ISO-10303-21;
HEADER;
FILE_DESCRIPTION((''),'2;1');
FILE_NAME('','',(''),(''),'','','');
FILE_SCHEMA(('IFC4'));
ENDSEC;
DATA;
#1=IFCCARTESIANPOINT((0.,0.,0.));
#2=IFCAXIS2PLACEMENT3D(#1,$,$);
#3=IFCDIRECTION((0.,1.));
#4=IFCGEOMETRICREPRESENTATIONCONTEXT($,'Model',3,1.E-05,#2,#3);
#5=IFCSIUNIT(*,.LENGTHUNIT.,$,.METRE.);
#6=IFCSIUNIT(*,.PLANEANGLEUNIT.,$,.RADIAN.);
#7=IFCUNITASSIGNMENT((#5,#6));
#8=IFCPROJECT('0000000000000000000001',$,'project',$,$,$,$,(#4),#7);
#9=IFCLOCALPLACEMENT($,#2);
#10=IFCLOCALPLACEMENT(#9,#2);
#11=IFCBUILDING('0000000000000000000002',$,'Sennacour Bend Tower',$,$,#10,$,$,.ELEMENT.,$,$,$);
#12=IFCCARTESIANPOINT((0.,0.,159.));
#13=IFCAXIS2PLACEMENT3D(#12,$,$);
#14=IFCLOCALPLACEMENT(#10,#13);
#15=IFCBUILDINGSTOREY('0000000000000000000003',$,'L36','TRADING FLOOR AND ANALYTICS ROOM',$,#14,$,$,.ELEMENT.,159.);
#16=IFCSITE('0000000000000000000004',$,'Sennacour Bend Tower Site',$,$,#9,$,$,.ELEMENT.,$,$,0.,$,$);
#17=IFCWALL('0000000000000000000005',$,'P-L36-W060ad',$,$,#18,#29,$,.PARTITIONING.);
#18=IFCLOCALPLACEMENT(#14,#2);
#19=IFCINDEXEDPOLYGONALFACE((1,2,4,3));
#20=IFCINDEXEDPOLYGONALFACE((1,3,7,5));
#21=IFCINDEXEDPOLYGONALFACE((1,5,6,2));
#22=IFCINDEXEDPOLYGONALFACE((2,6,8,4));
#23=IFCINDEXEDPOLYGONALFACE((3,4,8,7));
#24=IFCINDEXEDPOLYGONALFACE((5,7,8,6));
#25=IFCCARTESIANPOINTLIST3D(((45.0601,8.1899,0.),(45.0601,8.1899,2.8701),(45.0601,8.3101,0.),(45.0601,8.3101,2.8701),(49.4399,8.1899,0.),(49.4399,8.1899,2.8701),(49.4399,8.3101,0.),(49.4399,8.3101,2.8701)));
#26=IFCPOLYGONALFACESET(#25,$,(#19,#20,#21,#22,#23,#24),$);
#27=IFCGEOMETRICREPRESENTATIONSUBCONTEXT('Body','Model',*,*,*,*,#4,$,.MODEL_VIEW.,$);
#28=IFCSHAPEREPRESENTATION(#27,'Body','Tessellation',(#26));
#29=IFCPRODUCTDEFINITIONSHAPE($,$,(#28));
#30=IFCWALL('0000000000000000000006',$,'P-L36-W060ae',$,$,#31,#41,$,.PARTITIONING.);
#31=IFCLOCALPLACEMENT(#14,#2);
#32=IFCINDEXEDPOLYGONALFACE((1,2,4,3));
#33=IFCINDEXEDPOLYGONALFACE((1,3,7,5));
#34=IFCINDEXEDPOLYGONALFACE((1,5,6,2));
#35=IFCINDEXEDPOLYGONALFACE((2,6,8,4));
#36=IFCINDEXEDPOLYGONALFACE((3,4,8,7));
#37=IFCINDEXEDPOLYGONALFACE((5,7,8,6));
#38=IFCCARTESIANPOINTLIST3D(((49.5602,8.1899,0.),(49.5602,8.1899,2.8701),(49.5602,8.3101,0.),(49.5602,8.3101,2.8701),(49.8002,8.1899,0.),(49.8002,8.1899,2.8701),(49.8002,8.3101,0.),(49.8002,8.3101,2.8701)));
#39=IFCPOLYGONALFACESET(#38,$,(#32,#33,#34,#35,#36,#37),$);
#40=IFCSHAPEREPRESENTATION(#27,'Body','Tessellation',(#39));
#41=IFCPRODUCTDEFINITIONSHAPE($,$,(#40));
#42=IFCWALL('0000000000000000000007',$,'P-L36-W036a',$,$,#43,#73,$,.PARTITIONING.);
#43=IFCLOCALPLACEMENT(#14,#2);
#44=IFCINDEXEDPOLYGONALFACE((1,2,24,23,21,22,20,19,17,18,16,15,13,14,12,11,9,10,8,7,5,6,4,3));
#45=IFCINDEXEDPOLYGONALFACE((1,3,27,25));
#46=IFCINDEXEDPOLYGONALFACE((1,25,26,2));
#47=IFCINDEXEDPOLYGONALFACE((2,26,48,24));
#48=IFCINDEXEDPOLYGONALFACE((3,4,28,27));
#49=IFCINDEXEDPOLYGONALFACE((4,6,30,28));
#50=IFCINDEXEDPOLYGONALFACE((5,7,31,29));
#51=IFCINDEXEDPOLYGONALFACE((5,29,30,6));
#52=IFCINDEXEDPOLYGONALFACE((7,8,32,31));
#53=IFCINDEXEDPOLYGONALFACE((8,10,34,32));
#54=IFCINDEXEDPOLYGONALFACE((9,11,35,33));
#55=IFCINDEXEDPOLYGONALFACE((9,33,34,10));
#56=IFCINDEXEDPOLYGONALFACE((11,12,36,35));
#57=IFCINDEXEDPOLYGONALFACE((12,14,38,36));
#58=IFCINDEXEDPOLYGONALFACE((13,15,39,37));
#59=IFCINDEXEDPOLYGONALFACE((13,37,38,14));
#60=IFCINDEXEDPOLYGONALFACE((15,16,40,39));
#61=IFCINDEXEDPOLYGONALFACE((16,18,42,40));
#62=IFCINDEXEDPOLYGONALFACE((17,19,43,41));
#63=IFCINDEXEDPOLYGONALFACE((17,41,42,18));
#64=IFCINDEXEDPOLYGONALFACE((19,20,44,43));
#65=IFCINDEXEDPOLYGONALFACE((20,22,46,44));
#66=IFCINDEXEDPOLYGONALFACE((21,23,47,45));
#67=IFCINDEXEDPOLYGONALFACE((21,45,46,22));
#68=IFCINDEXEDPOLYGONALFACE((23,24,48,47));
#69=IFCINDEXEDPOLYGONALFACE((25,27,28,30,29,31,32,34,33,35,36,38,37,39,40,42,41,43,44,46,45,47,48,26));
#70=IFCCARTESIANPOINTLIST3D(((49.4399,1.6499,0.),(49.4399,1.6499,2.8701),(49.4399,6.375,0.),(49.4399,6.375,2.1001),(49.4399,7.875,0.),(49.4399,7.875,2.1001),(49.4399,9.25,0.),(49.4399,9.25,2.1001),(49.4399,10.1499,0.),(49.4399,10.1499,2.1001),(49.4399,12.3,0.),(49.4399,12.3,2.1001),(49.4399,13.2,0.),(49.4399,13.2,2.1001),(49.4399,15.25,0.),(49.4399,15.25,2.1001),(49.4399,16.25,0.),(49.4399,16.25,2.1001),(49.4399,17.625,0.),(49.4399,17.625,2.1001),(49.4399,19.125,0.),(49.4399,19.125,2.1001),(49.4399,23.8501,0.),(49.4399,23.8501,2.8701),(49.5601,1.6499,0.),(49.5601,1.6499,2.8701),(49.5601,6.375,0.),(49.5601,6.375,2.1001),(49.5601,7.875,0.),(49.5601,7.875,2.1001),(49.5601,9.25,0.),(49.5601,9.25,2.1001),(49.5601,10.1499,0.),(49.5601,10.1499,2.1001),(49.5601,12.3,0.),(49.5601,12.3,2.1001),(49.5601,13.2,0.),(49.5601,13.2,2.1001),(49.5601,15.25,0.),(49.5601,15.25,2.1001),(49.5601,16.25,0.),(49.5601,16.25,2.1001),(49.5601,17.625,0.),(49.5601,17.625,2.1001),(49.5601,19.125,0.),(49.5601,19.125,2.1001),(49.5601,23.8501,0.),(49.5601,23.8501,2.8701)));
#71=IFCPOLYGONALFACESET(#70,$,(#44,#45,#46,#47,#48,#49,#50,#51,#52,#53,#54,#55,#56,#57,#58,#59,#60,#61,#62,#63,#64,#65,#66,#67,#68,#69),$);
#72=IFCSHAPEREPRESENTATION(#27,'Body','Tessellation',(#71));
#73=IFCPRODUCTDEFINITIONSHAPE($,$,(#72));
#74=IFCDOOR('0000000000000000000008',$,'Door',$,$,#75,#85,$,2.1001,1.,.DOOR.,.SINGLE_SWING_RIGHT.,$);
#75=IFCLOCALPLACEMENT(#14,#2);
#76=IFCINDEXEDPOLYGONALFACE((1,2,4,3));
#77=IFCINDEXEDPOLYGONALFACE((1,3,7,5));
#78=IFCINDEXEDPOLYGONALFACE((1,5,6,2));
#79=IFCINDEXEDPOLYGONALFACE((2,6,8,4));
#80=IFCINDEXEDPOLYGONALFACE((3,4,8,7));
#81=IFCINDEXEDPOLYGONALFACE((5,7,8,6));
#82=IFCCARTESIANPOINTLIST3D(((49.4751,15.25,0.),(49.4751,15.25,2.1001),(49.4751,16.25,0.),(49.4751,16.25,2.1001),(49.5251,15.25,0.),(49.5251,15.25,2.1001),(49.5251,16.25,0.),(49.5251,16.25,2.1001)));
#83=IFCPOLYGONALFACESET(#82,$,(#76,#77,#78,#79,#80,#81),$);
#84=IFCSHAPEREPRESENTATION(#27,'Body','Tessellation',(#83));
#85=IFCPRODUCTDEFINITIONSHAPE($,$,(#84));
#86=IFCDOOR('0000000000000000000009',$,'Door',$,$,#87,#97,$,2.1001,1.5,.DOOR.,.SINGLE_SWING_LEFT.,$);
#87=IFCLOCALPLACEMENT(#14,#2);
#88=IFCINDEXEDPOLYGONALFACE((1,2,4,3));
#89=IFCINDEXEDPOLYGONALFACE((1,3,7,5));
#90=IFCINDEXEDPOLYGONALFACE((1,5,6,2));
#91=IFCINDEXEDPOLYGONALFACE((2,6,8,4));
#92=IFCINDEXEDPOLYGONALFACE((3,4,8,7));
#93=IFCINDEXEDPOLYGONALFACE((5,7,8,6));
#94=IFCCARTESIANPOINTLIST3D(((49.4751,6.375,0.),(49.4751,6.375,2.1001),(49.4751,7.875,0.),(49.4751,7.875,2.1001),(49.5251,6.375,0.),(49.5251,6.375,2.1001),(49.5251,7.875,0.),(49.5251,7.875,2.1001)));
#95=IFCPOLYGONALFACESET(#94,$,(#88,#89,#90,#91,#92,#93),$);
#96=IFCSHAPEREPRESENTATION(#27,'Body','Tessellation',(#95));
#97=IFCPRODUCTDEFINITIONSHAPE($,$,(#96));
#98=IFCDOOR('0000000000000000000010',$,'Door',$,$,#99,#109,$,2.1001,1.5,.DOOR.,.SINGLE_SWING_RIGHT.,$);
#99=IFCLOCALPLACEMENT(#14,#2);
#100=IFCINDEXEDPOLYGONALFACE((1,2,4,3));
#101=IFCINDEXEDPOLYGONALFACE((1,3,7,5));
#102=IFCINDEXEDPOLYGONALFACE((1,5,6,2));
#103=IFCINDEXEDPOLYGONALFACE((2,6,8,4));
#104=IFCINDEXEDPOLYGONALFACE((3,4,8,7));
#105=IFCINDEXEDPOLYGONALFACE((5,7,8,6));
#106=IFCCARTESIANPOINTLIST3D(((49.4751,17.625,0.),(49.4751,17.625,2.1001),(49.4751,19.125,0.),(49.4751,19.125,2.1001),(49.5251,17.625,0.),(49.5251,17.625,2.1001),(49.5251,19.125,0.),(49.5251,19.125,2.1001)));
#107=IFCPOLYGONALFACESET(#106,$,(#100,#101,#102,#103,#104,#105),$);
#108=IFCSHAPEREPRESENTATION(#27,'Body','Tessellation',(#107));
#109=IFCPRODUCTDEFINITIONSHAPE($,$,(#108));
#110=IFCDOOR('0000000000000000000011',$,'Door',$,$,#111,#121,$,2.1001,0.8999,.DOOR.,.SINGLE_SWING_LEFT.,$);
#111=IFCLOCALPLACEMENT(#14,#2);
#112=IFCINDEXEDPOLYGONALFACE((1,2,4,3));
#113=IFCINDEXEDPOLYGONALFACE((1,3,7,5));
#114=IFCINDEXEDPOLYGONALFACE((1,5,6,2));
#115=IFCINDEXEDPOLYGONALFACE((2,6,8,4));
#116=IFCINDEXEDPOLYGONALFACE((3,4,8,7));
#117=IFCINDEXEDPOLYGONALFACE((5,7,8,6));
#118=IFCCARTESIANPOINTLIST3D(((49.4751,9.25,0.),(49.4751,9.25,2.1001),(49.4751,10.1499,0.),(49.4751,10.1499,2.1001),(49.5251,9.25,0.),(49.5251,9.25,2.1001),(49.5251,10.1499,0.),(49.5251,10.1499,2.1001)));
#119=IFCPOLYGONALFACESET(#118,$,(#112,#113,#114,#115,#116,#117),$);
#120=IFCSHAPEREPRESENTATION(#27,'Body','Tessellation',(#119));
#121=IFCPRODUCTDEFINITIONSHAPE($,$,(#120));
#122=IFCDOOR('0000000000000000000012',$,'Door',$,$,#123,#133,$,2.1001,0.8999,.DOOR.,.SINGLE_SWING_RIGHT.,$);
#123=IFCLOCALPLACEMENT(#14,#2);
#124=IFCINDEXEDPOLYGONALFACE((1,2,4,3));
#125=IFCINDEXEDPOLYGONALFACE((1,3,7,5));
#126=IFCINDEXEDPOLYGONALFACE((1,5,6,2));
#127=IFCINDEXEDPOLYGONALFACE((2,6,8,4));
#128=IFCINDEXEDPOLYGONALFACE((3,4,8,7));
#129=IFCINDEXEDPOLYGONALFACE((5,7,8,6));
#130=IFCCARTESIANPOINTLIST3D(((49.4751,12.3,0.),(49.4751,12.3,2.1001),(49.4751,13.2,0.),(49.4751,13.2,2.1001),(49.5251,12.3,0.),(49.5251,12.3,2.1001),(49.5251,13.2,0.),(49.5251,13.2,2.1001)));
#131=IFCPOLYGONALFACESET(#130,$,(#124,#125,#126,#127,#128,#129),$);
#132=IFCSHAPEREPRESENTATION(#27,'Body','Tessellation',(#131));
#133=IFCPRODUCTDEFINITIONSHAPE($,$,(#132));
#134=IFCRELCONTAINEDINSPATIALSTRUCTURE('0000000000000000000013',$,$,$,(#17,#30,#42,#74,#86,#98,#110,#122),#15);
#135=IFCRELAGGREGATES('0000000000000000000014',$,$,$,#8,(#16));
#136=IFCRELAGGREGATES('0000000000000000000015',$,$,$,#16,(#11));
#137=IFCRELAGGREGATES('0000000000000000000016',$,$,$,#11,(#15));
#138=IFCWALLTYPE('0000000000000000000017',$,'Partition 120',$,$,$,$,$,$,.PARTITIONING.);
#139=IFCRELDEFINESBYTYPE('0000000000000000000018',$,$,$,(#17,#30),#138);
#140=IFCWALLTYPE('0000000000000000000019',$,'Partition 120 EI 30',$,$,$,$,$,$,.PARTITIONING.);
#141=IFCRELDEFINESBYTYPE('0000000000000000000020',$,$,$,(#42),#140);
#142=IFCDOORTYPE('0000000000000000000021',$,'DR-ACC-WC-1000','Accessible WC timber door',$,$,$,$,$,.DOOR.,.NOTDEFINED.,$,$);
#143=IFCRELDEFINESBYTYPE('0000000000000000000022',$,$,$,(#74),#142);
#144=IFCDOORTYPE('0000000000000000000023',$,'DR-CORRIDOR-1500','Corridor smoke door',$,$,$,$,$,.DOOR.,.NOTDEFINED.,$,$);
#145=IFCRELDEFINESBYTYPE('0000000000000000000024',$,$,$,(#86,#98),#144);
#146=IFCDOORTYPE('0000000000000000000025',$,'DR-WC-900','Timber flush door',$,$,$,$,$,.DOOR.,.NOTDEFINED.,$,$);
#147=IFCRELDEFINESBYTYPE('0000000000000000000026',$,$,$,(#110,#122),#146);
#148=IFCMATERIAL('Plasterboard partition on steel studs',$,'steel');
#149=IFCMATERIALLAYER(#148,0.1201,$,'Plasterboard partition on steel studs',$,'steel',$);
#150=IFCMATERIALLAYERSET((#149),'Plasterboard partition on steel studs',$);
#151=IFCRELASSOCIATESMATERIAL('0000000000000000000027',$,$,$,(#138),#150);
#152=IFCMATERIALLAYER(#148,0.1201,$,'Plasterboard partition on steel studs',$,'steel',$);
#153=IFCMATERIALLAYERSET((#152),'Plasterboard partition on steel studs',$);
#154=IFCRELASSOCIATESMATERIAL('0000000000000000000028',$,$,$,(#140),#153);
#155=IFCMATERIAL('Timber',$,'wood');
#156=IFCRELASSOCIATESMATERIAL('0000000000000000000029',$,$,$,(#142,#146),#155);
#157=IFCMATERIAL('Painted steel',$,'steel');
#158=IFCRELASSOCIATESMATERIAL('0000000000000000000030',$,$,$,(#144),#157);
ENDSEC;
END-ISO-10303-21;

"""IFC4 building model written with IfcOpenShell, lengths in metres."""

from ifc_helpers import new_model, si_unit, direction, frame, frame_2d, origin, place, context, subcontext, project, spatial, rectangle, extrude, material, layer, layer_set, type_object, element, fill, save


model = new_model("IFC4")

# Units and contexts
model_context = context("Model", 3, precision=1e-05, world=origin(), true_north=direction((0.0, 1.0)))
body_context = subcontext(model_context, "Body", "Model", "MODEL_VIEW")
ifc_project = project(units=[si_unit("LENGTHUNIT", "METRE"), si_unit("PLANEANGLEUNIT", "RADIAN")], contexts=[model_context])

# Site, building, storey
site_placement = place(None, origin())
site = spatial("IfcSite", under=ifc_project, at=site_placement, Name="Sennacour Bend Tower Site", CompositionType="ELEMENT", RefElevation=0.0)
building_placement = place(site_placement, origin())
building = spatial("IfcBuilding", under=site, at=building_placement, Name="Sennacour Bend Tower", CompositionType="ELEMENT")
storey_placement = place(building_placement, frame((0.0, 0.0, 159.0)))
storey = spatial("IfcBuildingStorey", under=building, at=storey_placement, Name="L36", Description="TRADING FLOOR AND ANALYTICS ROOM", CompositionType="ELEMENT", Elevation=159.0)

# Walls
ifc_material_1 = material(Name="Plasterboard partition on steel studs", Category="steel")
ifc_layer_1 = layer(ifc_material_1, 0.1201, Name="Plasterboard partition on steel studs", Category="steel")
ifc_layer_set_1 = layer_set([ifc_layer_1], Name="Plasterboard partition on steel studs")
wall_type_1 = type_object("IfcWallType", Name="Partition 120", PredefinedType="PARTITIONING", material=ifc_layer_set_1)
wall_1_placement = place(storey_placement, frame((45.0601, 8.25, 0.0), z_axis=(0.0, 0.0, 1.0), x_axis=(1.0, 0.0, 0.0)))
element("IfcWall", 1, at=wall_1_placement, inside=storey, type_object=wall_type_1, Name="P-L36-W060ad", PredefinedType="PARTITIONING", context=body_context, shape_type="SweptSolid", body=[
    extrude(rectangle(XDim=4.3799, YDim=0.1201, at=frame_2d((2.1899, 0.0))), origin(), (0.0, 0.0, 1.0), 2.8701),
])
wall_2_placement = place(storey_placement, frame((49.5601, 8.25, 0.0), z_axis=(0.0, 0.0, 1.0), x_axis=(1.0, 0.0, 0.0)))
element("IfcWall", 2, at=wall_2_placement, inside=storey, type_object=wall_type_1, Name="P-L36-W060ae", PredefinedType="PARTITIONING", context=body_context, shape_type="SweptSolid", body=[
    extrude(rectangle(XDim=0.24, YDim=0.1201, at=frame_2d((0.1201, 0.0))), origin(), (0.0, 0.0, 1.0), 2.8701),
])

# Wall, openings, doors
ifc_layer_2 = layer(ifc_material_1, 0.1201, Name="Plasterboard partition on steel studs", Category="steel")
ifc_layer_set_2 = layer_set([ifc_layer_2], Name="Plasterboard partition on steel studs")
wall_type_2 = type_object("IfcWallType", Name="Partition 120 EI 30", PredefinedType="PARTITIONING", material=ifc_layer_set_2)
wall_3_placement = place(storey_placement, frame((49.5, 1.6499, 0.0), z_axis=(0.0, 0.0, 1.0), x_axis=(0.0, 1.0, 0.0)))
wall_3 = element("IfcWall", 3, at=wall_3_placement, inside=storey, type_object=wall_type_2, Name="P-L36-W036a", PredefinedType="PARTITIONING", context=body_context, shape_type="SweptSolid", body=[
    extrude(rectangle(XDim=22.2002, YDim=0.1201, at=frame_2d((11.1001, 0.0))), origin(), (0.0, 0.0, 1.0), 2.8701),
])
opening_1_placement = place(wall_3_placement, frame((4.7251, 0.0, 0.0)))
opening_1 = element("IfcOpeningElement", 4, at=opening_1_placement, cuts=wall_3, PredefinedType="OPENING", context=body_context, shape_type="SweptSolid", body=[
    extrude(rectangle(XDim=1.5, YDim=2.1001, at=frame_2d((0.75, 1.05))), frame((0.0, 0.0701, 0.0), z_axis=(0.0, -1.0, 0.0), x_axis=(1.0, 0.0, 0.0)), (0.0, 0.0, 1.0), 0.1401),
])
opening_2_placement = place(wall_3_placement, frame((15.9751, 0.0, 0.0)))
opening_2 = element("IfcOpeningElement", 5, at=opening_2_placement, cuts=wall_3, PredefinedType="OPENING", context=body_context, shape_type="SweptSolid", body=[
    extrude(rectangle(XDim=1.5, YDim=2.1001, at=frame_2d((0.75, 1.05))), frame((0.0, 0.0701, 0.0), z_axis=(0.0, -1.0, 0.0), x_axis=(1.0, 0.0, 0.0)), (0.0, 0.0, 1.0), 0.1401),
])
opening_3_placement = place(wall_3_placement, frame((7.6001, 0.0, 0.0)))
opening_3 = element("IfcOpeningElement", 6, at=opening_3_placement, cuts=wall_3, PredefinedType="OPENING", context=body_context, shape_type="SweptSolid", body=[
    extrude(rectangle(XDim=0.8999, YDim=2.1001, at=frame_2d((0.45, 1.05))), frame((0.0, 0.0701, 0.0), z_axis=(0.0, -1.0, 0.0), x_axis=(1.0, 0.0, 0.0)), (0.0, 0.0, 1.0), 0.1401),
])
opening_4_placement = place(wall_3_placement, frame((10.6501, 0.0, 0.0)))
opening_4 = element("IfcOpeningElement", 7, at=opening_4_placement, cuts=wall_3, PredefinedType="OPENING", context=body_context, shape_type="SweptSolid", body=[
    extrude(rectangle(XDim=0.8999, YDim=2.1001, at=frame_2d((0.45, 1.05))), frame((0.0, 0.0701, 0.0), z_axis=(0.0, -1.0, 0.0), x_axis=(1.0, 0.0, 0.0)), (0.0, 0.0, 1.0), 0.1401),
])
opening_5_placement = place(wall_3_placement, frame((13.6001, 0.0, 0.0)))
opening_5 = element("IfcOpeningElement", 8, at=opening_5_placement, cuts=wall_3, PredefinedType="OPENING", context=body_context, shape_type="SweptSolid", body=[
    extrude(rectangle(XDim=1.0, YDim=2.1001, at=frame_2d((0.5, 1.05))), frame((0.0, 0.0701, 0.0), z_axis=(0.0, -1.0, 0.0), x_axis=(1.0, 0.0, 0.0)), (0.0, 0.0, 1.0), 0.1401),
])
ifc_material_2 = material(Name="Timber", Category="wood")
door_type_1 = type_object("IfcDoorType", Name="DR-ACC-WC-1000", Description="Accessible WC timber door", OperationType="NOTDEFINED", PredefinedType="DOOR", material=ifc_material_2)
door_1_placement = place(opening_5_placement, origin())
door_1 = element("IfcDoor", 9, at=door_1_placement, inside=storey, type_object=door_type_1, Name="Door", OperationType="SINGLE_SWING_RIGHT", OverallHeight=2.1001, OverallWidth=1.0, PredefinedType="DOOR", context=body_context, shape_type="SweptSolid", body=[
    extrude(rectangle(XDim=1.0, YDim=2.1001, at=frame_2d((0.5, 1.05))), frame((0.0, 0.0249, 0.0), z_axis=(0.0, -1.0, 0.0), x_axis=(1.0, 0.0, 0.0)), (0.0, 0.0, 1.0), 0.05),
])
fill(opening_5, door_1)
ifc_material_3 = material(Name="Painted steel", Category="steel")
door_type_2 = type_object("IfcDoorType", Name="DR-CORRIDOR-1500", Description="Corridor smoke door", OperationType="NOTDEFINED", PredefinedType="DOOR", material=ifc_material_3)
door_2_placement = place(opening_1_placement, origin())
door_2 = element("IfcDoor", 10, at=door_2_placement, inside=storey, type_object=door_type_2, Name="Door", OperationType="SINGLE_SWING_LEFT", OverallHeight=2.1001, OverallWidth=1.5, PredefinedType="DOOR", context=body_context, shape_type="SweptSolid", body=[
    extrude(rectangle(XDim=1.5, YDim=2.1001, at=frame_2d((0.75, 1.05))), frame((0.0, 0.0249, 0.0), z_axis=(0.0, -1.0, 0.0), x_axis=(1.0, 0.0, 0.0)), (0.0, 0.0, 1.0), 0.05),
])
fill(opening_1, door_2)
door_3_placement = place(opening_2_placement, origin())
door_3 = element("IfcDoor", 11, at=door_3_placement, inside=storey, type_object=door_type_2, Name="Door", OperationType="SINGLE_SWING_RIGHT", OverallHeight=2.1001, OverallWidth=1.5, PredefinedType="DOOR", context=body_context, shape_type="SweptSolid", body=[
    extrude(rectangle(XDim=1.5, YDim=2.1001, at=frame_2d((0.75, 1.05))), frame((0.0, 0.0249, 0.0), z_axis=(0.0, -1.0, 0.0), x_axis=(1.0, 0.0, 0.0)), (0.0, 0.0, 1.0), 0.05),
])
fill(opening_2, door_3)
door_type_3 = type_object("IfcDoorType", Name="DR-WC-900", Description="Timber flush door", OperationType="NOTDEFINED", PredefinedType="DOOR", material=ifc_material_2)
door_4_placement = place(opening_3_placement, origin())
door_4 = element("IfcDoor", 12, at=door_4_placement, inside=storey, type_object=door_type_3, Name="Door", OperationType="SINGLE_SWING_LEFT", OverallHeight=2.1001, OverallWidth=0.8999, PredefinedType="DOOR", context=body_context, shape_type="SweptSolid", body=[
    extrude(rectangle(XDim=0.8999, YDim=2.1001, at=frame_2d((0.45, 1.05))), frame((0.0, 0.0249, 0.0), z_axis=(0.0, -1.0, 0.0), x_axis=(1.0, 0.0, 0.0)), (0.0, 0.0, 1.0), 0.05),
])
fill(opening_3, door_4)
door_5_placement = place(opening_4_placement, origin())
door_5 = element("IfcDoor", 13, at=door_5_placement, inside=storey, type_object=door_type_3, Name="Door", OperationType="SINGLE_SWING_RIGHT", OverallHeight=2.1001, OverallWidth=0.8999, PredefinedType="DOOR", context=body_context, shape_type="SweptSolid", body=[
    extrude(rectangle(XDim=0.8999, YDim=2.1001, at=frame_2d((0.45, 1.05))), frame((0.0, 0.0249, 0.0), z_axis=(0.0, -1.0, 0.0), x_axis=(1.0, 0.0, 0.0)), (0.0, 0.0, 1.0), 0.05),
])
fill(opening_4, door_5)

save(model, "model.ifc")
